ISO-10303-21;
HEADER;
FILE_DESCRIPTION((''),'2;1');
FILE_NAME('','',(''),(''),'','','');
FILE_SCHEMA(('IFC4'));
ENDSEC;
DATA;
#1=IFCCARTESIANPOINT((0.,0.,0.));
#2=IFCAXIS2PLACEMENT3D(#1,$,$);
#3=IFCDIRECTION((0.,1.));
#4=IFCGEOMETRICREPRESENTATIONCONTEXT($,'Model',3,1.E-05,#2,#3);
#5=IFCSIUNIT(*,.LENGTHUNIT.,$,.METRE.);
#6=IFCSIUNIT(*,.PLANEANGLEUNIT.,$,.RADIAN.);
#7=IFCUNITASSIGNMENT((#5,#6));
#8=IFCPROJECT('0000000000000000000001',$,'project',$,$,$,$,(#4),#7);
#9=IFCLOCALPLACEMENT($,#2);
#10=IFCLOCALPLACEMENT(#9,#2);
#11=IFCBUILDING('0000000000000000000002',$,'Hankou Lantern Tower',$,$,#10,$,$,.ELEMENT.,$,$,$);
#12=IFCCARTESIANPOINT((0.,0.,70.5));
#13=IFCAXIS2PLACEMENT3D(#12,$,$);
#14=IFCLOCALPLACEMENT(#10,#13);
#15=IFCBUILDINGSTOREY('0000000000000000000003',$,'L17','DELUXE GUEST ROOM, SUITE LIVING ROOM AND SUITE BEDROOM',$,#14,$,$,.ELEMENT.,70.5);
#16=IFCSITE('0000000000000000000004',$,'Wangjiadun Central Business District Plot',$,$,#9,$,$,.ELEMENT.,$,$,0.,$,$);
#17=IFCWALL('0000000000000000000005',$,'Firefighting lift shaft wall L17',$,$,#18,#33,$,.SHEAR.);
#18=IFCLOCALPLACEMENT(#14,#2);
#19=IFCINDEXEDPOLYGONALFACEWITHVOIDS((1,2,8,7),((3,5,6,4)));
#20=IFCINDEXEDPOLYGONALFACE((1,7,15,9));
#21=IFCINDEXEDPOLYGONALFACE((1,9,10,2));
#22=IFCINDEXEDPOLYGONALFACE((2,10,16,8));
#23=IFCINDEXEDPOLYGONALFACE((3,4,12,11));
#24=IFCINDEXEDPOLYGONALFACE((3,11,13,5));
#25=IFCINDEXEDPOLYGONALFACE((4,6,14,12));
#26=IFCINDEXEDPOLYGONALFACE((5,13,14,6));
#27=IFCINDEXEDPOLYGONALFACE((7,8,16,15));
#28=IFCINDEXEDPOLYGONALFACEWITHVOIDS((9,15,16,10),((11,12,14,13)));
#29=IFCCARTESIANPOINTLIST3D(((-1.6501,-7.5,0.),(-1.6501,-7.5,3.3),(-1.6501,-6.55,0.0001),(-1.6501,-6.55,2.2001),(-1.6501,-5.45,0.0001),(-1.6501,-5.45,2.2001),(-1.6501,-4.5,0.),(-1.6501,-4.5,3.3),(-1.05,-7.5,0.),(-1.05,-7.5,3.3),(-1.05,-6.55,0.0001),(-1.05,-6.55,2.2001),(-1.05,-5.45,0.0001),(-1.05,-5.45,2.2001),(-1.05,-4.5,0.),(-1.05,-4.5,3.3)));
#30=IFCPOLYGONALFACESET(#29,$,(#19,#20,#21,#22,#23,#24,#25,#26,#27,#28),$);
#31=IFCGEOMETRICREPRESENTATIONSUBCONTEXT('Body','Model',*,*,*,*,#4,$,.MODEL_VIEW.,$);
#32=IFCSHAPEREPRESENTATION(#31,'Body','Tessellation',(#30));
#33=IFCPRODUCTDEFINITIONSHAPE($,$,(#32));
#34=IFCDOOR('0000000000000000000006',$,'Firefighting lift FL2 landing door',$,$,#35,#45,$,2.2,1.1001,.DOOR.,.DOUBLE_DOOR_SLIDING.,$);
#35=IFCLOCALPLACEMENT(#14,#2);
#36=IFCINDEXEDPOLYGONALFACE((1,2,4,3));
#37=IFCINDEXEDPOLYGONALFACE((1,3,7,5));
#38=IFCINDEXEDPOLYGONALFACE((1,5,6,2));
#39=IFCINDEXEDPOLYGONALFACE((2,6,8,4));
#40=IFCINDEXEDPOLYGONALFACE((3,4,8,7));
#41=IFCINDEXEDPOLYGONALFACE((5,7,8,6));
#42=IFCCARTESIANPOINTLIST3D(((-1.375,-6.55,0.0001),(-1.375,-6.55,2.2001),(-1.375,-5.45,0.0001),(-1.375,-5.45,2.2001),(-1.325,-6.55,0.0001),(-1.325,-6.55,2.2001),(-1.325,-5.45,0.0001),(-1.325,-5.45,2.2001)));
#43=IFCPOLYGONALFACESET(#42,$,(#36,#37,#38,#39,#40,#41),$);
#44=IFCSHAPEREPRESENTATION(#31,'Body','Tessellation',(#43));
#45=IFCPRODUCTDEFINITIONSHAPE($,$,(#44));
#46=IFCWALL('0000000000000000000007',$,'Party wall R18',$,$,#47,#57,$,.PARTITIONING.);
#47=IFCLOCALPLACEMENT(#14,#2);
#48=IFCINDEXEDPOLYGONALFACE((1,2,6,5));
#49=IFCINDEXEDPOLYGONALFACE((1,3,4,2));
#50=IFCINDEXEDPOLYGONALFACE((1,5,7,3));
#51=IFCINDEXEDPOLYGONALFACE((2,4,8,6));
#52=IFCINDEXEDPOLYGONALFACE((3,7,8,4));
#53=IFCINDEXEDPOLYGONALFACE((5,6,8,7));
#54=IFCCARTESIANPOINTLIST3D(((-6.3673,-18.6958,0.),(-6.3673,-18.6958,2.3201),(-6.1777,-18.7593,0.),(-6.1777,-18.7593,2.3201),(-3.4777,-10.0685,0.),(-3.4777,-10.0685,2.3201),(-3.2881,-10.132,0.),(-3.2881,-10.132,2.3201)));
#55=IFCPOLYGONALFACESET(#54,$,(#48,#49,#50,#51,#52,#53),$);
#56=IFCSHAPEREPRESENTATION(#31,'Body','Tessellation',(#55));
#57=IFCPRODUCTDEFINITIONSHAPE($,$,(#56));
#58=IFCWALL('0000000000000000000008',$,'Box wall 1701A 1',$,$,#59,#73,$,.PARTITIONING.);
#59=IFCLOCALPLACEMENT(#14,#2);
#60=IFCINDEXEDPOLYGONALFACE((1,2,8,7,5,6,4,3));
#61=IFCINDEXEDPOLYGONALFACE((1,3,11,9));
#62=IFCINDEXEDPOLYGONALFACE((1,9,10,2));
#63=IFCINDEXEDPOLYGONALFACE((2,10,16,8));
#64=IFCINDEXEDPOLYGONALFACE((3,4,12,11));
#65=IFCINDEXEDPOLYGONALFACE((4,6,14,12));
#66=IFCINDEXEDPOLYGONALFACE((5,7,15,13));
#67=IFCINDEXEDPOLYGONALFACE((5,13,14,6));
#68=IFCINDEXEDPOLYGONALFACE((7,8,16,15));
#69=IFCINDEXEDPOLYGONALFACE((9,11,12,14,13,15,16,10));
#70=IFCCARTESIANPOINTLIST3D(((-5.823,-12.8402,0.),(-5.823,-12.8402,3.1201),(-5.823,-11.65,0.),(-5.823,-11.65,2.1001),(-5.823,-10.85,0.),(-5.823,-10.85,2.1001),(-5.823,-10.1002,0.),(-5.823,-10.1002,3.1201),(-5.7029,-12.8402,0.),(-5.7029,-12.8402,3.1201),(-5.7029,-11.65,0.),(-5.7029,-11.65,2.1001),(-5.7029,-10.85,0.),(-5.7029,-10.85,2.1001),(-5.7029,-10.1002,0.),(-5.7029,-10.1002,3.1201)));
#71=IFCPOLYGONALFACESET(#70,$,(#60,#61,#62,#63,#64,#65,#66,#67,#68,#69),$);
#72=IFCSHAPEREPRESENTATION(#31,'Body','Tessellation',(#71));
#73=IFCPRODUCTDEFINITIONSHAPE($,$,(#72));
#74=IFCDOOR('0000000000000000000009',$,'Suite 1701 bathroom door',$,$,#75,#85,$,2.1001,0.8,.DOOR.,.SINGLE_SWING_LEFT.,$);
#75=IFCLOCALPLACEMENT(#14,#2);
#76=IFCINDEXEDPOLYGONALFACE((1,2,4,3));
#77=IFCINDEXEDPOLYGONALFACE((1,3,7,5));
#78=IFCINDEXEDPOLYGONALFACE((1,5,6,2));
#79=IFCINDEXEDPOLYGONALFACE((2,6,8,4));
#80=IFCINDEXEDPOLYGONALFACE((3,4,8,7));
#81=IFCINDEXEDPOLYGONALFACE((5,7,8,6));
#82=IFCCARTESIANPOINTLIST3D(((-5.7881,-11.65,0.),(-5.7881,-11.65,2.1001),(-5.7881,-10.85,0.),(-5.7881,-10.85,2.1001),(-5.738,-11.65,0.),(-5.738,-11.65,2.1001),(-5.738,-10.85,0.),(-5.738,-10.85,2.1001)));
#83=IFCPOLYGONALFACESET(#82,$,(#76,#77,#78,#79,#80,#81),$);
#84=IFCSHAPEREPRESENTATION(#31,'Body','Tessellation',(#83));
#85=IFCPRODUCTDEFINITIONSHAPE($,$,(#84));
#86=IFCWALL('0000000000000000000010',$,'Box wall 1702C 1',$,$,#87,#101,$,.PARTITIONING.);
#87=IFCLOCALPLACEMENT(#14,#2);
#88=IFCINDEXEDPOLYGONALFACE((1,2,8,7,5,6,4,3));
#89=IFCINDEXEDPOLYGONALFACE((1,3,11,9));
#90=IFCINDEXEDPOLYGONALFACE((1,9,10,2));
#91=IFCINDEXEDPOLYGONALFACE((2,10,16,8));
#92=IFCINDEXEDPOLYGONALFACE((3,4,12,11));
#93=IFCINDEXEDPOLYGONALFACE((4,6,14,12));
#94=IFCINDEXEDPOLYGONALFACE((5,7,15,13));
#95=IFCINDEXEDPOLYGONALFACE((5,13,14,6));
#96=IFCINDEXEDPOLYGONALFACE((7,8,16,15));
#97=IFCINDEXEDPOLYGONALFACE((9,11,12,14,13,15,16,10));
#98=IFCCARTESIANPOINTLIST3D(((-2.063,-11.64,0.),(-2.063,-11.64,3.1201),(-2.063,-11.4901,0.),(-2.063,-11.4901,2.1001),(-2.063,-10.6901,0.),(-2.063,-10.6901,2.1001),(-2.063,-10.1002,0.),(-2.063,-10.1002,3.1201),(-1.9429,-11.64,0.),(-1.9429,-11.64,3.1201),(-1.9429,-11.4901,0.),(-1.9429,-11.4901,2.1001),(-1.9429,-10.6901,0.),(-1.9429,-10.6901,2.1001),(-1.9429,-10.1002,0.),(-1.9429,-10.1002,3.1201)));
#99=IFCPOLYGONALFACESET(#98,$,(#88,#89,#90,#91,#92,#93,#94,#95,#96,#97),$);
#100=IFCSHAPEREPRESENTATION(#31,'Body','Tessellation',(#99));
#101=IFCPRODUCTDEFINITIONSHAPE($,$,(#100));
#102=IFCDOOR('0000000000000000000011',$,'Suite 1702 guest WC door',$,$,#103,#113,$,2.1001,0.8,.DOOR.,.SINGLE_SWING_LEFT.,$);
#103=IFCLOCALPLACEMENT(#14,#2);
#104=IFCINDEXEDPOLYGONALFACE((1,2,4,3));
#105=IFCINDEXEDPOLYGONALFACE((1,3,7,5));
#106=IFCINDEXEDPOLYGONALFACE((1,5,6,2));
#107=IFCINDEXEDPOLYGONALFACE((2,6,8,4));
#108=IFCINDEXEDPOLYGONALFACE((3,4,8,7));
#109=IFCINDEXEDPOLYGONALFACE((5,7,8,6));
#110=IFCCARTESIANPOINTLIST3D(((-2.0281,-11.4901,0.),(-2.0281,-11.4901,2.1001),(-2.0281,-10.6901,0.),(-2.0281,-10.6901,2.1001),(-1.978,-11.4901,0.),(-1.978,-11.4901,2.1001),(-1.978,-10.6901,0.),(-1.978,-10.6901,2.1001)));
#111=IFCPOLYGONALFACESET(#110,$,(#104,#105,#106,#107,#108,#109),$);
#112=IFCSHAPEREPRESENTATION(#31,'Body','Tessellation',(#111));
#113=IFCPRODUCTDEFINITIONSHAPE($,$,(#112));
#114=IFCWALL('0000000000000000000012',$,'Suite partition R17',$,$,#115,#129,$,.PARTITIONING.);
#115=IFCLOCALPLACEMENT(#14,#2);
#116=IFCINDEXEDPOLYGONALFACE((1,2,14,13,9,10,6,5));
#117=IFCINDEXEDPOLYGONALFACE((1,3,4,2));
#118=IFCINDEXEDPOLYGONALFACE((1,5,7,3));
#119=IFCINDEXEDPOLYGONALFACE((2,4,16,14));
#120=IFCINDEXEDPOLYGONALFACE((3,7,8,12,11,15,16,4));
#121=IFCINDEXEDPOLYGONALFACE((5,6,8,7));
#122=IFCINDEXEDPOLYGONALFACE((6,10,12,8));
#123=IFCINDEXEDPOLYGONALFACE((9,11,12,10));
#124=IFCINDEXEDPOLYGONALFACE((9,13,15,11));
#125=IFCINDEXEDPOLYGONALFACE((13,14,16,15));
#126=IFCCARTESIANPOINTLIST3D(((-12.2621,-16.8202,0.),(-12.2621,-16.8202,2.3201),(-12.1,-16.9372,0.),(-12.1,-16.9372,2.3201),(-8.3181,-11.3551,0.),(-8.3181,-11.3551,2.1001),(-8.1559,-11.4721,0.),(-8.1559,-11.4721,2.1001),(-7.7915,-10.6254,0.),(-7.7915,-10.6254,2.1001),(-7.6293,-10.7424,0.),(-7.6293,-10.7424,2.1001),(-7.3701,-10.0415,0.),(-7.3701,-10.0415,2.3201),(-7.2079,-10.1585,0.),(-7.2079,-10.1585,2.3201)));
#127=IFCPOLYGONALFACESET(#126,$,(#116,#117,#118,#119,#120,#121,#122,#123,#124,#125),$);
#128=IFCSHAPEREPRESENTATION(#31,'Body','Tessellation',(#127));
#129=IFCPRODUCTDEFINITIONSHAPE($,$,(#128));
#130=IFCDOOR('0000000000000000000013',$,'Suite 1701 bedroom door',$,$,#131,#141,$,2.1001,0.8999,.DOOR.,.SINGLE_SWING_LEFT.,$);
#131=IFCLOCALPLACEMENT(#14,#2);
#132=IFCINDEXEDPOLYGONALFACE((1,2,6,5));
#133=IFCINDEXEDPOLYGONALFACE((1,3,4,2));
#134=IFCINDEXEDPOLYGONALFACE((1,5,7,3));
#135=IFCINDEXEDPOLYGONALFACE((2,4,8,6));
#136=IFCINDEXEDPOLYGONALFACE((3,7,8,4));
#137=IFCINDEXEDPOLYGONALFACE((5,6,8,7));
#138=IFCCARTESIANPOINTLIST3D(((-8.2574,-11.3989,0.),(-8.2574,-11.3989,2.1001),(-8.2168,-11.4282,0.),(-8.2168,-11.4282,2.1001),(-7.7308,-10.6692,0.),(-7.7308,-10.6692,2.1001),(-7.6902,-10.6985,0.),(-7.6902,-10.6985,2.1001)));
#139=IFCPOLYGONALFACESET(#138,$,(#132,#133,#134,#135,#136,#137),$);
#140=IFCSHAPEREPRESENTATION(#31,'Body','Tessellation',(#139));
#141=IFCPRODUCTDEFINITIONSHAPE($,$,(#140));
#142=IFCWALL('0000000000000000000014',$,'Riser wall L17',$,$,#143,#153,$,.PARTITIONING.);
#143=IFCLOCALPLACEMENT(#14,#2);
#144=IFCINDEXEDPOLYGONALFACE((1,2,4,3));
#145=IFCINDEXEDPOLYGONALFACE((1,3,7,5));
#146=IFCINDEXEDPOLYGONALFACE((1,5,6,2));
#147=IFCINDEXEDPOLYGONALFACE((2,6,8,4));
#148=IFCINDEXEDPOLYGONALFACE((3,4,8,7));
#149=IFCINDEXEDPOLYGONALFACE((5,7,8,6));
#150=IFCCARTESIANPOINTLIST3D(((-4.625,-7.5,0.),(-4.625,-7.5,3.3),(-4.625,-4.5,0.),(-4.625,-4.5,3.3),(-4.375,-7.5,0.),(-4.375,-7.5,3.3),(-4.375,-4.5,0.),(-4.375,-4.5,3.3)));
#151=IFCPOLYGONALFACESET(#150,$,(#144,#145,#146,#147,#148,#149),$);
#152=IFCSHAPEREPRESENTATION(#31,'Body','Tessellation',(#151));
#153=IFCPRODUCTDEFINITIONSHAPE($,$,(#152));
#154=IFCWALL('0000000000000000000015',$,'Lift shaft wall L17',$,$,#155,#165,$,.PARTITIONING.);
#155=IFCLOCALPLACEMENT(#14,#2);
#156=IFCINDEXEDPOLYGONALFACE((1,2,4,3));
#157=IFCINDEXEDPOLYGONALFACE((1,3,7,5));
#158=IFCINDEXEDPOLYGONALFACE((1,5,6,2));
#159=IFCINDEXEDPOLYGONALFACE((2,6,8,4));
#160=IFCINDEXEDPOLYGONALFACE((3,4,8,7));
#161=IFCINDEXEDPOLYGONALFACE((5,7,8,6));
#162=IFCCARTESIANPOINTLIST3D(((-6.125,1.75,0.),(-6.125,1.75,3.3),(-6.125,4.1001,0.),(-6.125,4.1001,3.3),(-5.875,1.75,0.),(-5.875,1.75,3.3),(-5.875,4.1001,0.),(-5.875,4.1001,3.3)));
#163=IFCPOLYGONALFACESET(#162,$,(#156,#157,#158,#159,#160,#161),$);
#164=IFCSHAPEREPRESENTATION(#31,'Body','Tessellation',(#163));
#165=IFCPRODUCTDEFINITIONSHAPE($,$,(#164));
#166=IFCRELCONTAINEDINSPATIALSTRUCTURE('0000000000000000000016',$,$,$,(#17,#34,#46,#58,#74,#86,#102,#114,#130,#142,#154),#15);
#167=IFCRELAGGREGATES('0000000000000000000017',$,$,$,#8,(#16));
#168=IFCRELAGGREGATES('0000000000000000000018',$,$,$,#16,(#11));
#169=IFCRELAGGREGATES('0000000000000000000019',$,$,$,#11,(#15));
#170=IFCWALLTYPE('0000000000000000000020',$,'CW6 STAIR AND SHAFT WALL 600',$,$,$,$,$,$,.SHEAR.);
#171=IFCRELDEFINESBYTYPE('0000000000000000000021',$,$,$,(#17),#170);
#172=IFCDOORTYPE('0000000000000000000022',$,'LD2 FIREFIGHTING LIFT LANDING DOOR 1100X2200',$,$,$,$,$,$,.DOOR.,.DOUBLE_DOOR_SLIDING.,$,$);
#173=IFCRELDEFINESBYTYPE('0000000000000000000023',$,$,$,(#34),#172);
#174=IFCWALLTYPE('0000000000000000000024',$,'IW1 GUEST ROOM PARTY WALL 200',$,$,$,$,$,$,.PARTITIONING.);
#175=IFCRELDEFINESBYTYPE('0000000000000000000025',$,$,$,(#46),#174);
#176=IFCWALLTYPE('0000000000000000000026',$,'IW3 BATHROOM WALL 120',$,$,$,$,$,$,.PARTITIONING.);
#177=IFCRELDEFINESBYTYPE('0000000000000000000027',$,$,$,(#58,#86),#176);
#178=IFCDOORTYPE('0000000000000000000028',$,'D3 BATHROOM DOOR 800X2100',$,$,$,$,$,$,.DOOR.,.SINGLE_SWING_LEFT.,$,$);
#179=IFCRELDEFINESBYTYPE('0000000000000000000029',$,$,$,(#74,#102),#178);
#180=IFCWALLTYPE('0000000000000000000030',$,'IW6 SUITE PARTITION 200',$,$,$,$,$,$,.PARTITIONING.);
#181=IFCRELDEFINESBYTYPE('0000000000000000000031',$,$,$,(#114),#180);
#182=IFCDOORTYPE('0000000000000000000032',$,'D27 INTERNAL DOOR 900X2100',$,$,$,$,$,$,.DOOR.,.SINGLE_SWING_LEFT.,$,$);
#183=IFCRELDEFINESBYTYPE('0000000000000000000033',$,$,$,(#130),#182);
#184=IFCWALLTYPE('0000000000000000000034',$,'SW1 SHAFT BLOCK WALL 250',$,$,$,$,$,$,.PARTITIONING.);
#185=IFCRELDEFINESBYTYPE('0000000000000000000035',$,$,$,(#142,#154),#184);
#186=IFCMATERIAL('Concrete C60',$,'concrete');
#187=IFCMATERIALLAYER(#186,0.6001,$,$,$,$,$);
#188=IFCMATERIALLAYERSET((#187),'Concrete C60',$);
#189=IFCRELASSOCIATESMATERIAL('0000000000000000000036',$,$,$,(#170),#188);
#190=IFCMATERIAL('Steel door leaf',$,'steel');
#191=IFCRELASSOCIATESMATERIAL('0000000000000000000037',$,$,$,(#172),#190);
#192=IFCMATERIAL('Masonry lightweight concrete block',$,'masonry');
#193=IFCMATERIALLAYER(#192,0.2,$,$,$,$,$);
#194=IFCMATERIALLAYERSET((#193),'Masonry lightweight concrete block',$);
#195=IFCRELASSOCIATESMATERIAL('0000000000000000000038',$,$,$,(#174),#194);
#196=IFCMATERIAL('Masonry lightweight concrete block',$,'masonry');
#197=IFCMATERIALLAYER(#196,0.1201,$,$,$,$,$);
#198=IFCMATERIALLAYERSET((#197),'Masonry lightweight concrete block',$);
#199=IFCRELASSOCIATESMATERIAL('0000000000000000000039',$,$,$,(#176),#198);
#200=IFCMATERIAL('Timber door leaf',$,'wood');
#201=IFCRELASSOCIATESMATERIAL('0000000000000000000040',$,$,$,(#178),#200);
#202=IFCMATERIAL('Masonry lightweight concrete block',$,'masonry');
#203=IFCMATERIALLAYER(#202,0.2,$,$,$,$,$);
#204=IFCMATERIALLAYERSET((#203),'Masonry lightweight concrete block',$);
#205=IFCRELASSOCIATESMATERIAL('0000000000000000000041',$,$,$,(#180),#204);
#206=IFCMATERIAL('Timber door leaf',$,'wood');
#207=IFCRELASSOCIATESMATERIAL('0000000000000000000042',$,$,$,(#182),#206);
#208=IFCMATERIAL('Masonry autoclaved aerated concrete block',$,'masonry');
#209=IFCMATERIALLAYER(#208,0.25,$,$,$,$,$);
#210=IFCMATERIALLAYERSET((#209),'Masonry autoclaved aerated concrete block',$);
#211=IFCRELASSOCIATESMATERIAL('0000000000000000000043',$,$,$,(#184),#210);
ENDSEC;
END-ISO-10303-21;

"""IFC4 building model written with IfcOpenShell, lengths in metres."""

from ifc_helpers import new_model, si_unit, direction, frame, frame_2d, origin, place, context, subcontext, project, spatial, rectangle, extrude, material, layer, layer_set, type_object, element, fill, save


model = new_model("IFC4")

# Units and contexts
model_context = context("Model", 3, precision=1e-05, world=origin(), true_north=direction((0.0, 1.0)))
body_context = subcontext(model_context, "Body", "Model", "MODEL_VIEW")
ifc_project = project(units=[si_unit("LENGTHUNIT", "METRE"), si_unit("PLANEANGLEUNIT", "RADIAN")], contexts=[model_context])

# Site, building, storey
site_placement = place(None, origin())
site = spatial("IfcSite", under=ifc_project, at=site_placement, Name="Wangjiadun Central Business District Plot", CompositionType="ELEMENT", RefElevation=0.0)
building_placement = place(site_placement, origin())
building = spatial("IfcBuilding", under=site, at=building_placement, Name="Hankou Lantern Tower", CompositionType="ELEMENT")
storey_placement = place(building_placement, frame((0.0, 0.0, 70.5)))
storey = spatial("IfcBuildingStorey", under=building, at=storey_placement, Name="L17", Description="DELUXE GUEST ROOM, SUITE LIVING ROOM AND SUITE BEDROOM", CompositionType="ELEMENT", Elevation=70.5)

# Wall, opening, door
ifc_material_1 = material(Name="Concrete C60", Category="concrete")
ifc_layer_1 = layer(ifc_material_1, 0.6001)
ifc_layer_set_1 = layer_set([ifc_layer_1], Name="Concrete C60")
wall_type_1 = type_object("IfcWallType", Name="CW6 STAIR AND SHAFT WALL 600", PredefinedType="SHEAR", material=ifc_layer_set_1)
wall_1_placement = place(storey_placement, frame((-1.3501, -7.5, 0.0), z_axis=(0.0, 0.0, 1.0), x_axis=(0.0, 1.0, 0.0)))
wall_1 = element("IfcWall", 1, at=wall_1_placement, inside=storey, type_object=wall_type_1, Name="Firefighting lift shaft wall L17", PredefinedType="SHEAR", context=body_context, shape_type="SweptSolid", body=[
    extrude(rectangle(XDim=3.0, YDim=0.6001, at=frame_2d((1.5, 0.0))), origin(), (0.0, 0.0, 1.0), 3.3),
])
opening_1_placement = place(wall_1_placement, frame((0.95, 0.0, 0.0)))
opening_1 = element("IfcOpeningElement", 2, at=opening_1_placement, cuts=wall_1, PredefinedType="OPENING", context=body_context, shape_type="SweptSolid", body=[
    extrude(rectangle(XDim=1.1001, YDim=2.2, at=frame_2d((0.55, 1.1001))), frame((0.0, 0.3101, 0.0), z_axis=(0.0, -1.0, 0.0), x_axis=(1.0, 0.0, 0.0)), (0.0, 0.0, 1.0), 0.6201),
])
ifc_material_2 = material(Name="Steel door leaf", Category="steel")
door_type_1 = type_object("IfcDoorType", Name="LD2 FIREFIGHTING LIFT LANDING DOOR 1100X2200", OperationType="DOUBLE_DOOR_SLIDING", PredefinedType="DOOR", material=ifc_material_2)
door_1_placement = place(opening_1_placement, origin())
door_1 = element("IfcDoor", 3, at=door_1_placement, inside=storey, type_object=door_type_1, Name="Firefighting lift FL2 landing door", OperationType="DOUBLE_DOOR_SLIDING", OverallHeight=2.2, OverallWidth=1.1001, PredefinedType="DOOR", context=body_context, shape_type="SweptSolid", body=[
    extrude(rectangle(XDim=1.1001, YDim=2.2, at=frame_2d((0.55, 1.1001))), frame((0.0, 0.0249, 0.0), z_axis=(0.0, -1.0, 0.0), x_axis=(1.0, 0.0, 0.0)), (0.0, 0.0, 1.0), 0.05),
])
fill(opening_1, door_1)

# Wall
ifc_material_3 = material(Name="Masonry lightweight concrete block", Category="masonry")
ifc_layer_2 = layer(ifc_material_3, 0.2)
ifc_layer_set_2 = layer_set([ifc_layer_2], Name="Masonry lightweight concrete block")
wall_type_2 = type_object("IfcWallType", Name="IW1 GUEST ROOM PARTY WALL 200", PredefinedType="PARTITIONING", material=ifc_layer_set_2)
wall_2_placement = place(storey_placement, frame((-3.3828, -10.1001, 0.0), z_axis=(0.0, 0.0, 1.0), x_axis=(-0.317596, -0.948226, 0.0)))
element("IfcWall", 4, at=wall_2_placement, inside=storey, type_object=wall_type_2, Name="Party wall R18", PredefinedType="PARTITIONING", context=body_context, shape_type="SweptSolid", body=[
    extrude(rectangle(XDim=9.0984, YDim=0.2, at=frame_2d((4.5493, 0.0))), origin(), (0.0, 0.0, 1.0), 2.3201),
])

# Walls, openings, doors
ifc_material_4 = material(Name="Masonry lightweight concrete block", Category="masonry")
ifc_layer_3 = layer(ifc_material_4, 0.1201)
ifc_layer_set_3 = layer_set([ifc_layer_3], Name="Masonry lightweight concrete block")
wall_type_3 = type_object("IfcWallType", Name="IW3 BATHROOM WALL 120", PredefinedType="PARTITIONING", material=ifc_layer_set_3)
wall_3_placement = place(storey_placement, frame((-5.7629, -10.1001, 0.0), z_axis=(0.0, 0.0, 1.0), x_axis=(0.0, -1.0, 0.0)))
wall_3 = element("IfcWall", 5, at=wall_3_placement, inside=storey, type_object=wall_type_3, Name="Box wall 1701A 1", PredefinedType="PARTITIONING", context=body_context, shape_type="SweptSolid", body=[
    extrude(rectangle(XDim=2.74, YDim=0.1201, at=frame_2d((1.3701, 0.0))), origin(), (0.0, 0.0, 1.0), 3.1201),
])
opening_2_placement = place(wall_3_placement, frame((0.75, 0.0, 0.0)))
opening_2 = element("IfcOpeningElement", 6, at=opening_2_placement, cuts=wall_3, PredefinedType="OPENING", context=body_context, shape_type="SweptSolid", body=[
    extrude(rectangle(XDim=0.8, YDim=2.1001, at=frame_2d((0.3999, 1.05))), frame((0.0, 0.0701, 0.0), z_axis=(0.0, -1.0, 0.0), x_axis=(1.0, 0.0, 0.0)), (0.0, 0.0, 1.0), 0.1401),
])
ifc_material_5 = material(Name="Timber door leaf", Category="wood")
door_type_2 = type_object("IfcDoorType", Name="D3 BATHROOM DOOR 800X2100", OperationType="SINGLE_SWING_LEFT", PredefinedType="DOOR", material=ifc_material_5)
door_2_placement = place(opening_2_placement, origin())
door_2 = element("IfcDoor", 7, at=door_2_placement, inside=storey, type_object=door_type_2, Name="Suite 1701 bathroom door", OperationType="SINGLE_SWING_LEFT", OverallHeight=2.1001, OverallWidth=0.8, PredefinedType="DOOR", context=body_context, shape_type="SweptSolid", body=[
    extrude(rectangle(XDim=0.8, YDim=2.1001, at=frame_2d((0.3999, 1.05))), frame((0.0, 0.0249, 0.0), z_axis=(0.0, -1.0, 0.0), x_axis=(1.0, 0.0, 0.0)), (0.0, 0.0, 1.0), 0.05),
])
fill(opening_2, door_2)
wall_4_placement = place(storey_placement, frame((-2.0029, -10.1001, 0.0), z_axis=(0.0, 0.0, 1.0), x_axis=(0.0, -1.0, 0.0)))
wall_4 = element("IfcWall", 8, at=wall_4_placement, inside=storey, type_object=wall_type_3, Name="Box wall 1702C 1", PredefinedType="PARTITIONING", context=body_context, shape_type="SweptSolid", body=[
    extrude(rectangle(XDim=1.5398, YDim=0.1201, at=frame_2d((0.77, 0.0))), origin(), (0.0, 0.0, 1.0), 3.1201),
])
opening_3_placement = place(wall_4_placement, frame((0.5901, 0.0, 0.0)))
opening_3 = element("IfcOpeningElement", 9, at=opening_3_placement, cuts=wall_4, PredefinedType="OPENING", context=body_context, shape_type="SweptSolid", body=[
    extrude(rectangle(XDim=0.8, YDim=2.1001, at=frame_2d((0.3999, 1.05))), frame((0.0, 0.0701, 0.0), z_axis=(0.0, -1.0, 0.0), x_axis=(1.0, 0.0, 0.0)), (0.0, 0.0, 1.0), 0.1401),
])
door_3_placement = place(opening_3_placement, origin())
door_3 = element("IfcDoor", 10, at=door_3_placement, inside=storey, type_object=door_type_2, Name="Suite 1702 guest WC door", OperationType="SINGLE_SWING_LEFT", OverallHeight=2.1001, OverallWidth=0.8, PredefinedType="DOOR", context=body_context, shape_type="SweptSolid", body=[
    extrude(rectangle(XDim=0.8, YDim=2.1001, at=frame_2d((0.3999, 1.05))), frame((0.0, 0.0249, 0.0), z_axis=(0.0, -1.0, 0.0), x_axis=(1.0, 0.0, 0.0)), (0.0, 0.0, 1.0), 0.05),
])
fill(opening_3, door_3)
ifc_material_6 = material(Name="Masonry lightweight concrete block", Category="masonry")
ifc_layer_4 = layer(ifc_material_6, 0.2)
ifc_layer_set_4 = layer_set([ifc_layer_4], Name="Masonry lightweight concrete block")
wall_type_4 = type_object("IfcWallType", Name="IW6 SUITE PARTITION 200", PredefinedType="PARTITIONING", material=ifc_layer_set_4)
wall_5_placement = place(storey_placement, frame((-7.2891, -10.1001, 0.0), z_axis=(0.0, 0.0, 1.0), x_axis=(-0.585198, -0.81089, 0.0)))
wall_5 = element("IfcWall", 11, at=wall_5_placement, inside=storey, type_object=wall_type_4, Name="Suite partition R17", PredefinedType="PARTITIONING", context=body_context, shape_type="SweptSolid", body=[
    extrude(rectangle(XDim=8.3596, YDim=0.2, at=frame_2d((4.1797, 0.0))), origin(), (0.0, 0.0, 1.0), 2.3201),
])
opening_4_placement = place(wall_5_placement, frame((0.72, 0.0, 0.0)))
opening_4 = element("IfcOpeningElement", 12, at=opening_4_placement, cuts=wall_5, PredefinedType="OPENING", context=body_context, shape_type="SweptSolid", body=[
    extrude(rectangle(XDim=0.8999, YDim=2.1001, at=frame_2d((0.45, 1.05))), frame((0.0, 0.1099, 0.0), z_axis=(0.0, -1.0, 0.0), x_axis=(1.0, 0.0, 0.0)), (0.0, 0.0, 1.0), 0.22),
])
ifc_material_7 = material(Name="Timber door leaf", Category="wood")
door_type_3 = type_object("IfcDoorType", Name="D27 INTERNAL DOOR 900X2100", OperationType="SINGLE_SWING_LEFT", PredefinedType="DOOR", material=ifc_material_7)
door_4_placement = place(opening_4_placement, origin())
door_4 = element("IfcDoor", 13, at=door_4_placement, inside=storey, type_object=door_type_3, Name="Suite 1701 bedroom door", OperationType="SINGLE_SWING_LEFT", OverallHeight=2.1001, OverallWidth=0.8999, PredefinedType="DOOR", context=body_context, shape_type="SweptSolid", body=[
    extrude(rectangle(XDim=0.8999, YDim=2.1001, at=frame_2d((0.45, 1.05))), frame((0.0, 0.0249, 0.0), z_axis=(0.0, -1.0, 0.0), x_axis=(1.0, 0.0, 0.0)), (0.0, 0.0, 1.0), 0.05),
])
fill(opening_4, door_4)

# Walls
ifc_material_8 = material(Name="Masonry autoclaved aerated concrete block", Category="masonry")
ifc_layer_5 = layer(ifc_material_8, 0.25)
ifc_layer_set_5 = layer_set([ifc_layer_5], Name="Masonry autoclaved aerated concrete block")
wall_type_5 = type_object("IfcWallType", Name="SW1 SHAFT BLOCK WALL 250", PredefinedType="PARTITIONING", material=ifc_layer_set_5)
wall_6_placement = place(storey_placement, frame((-4.5, -7.5, 0.0), z_axis=(0.0, 0.0, 1.0), x_axis=(0.0, 1.0, 0.0)))
element("IfcWall", 14, at=wall_6_placement, inside=storey, type_object=wall_type_5, Name="Riser wall L17", PredefinedType="PARTITIONING", context=body_context, shape_type="SweptSolid", body=[
    extrude(rectangle(XDim=3.0, YDim=0.25, at=frame_2d((1.5, 0.0))), origin(), (0.0, 0.0, 1.0), 3.3),
])
for number, where, z_axis, x_axis, name in (
    (15, (-6.0, 1.75, 0.0), (0.0, 0.0, 1.0), (0.0, 1.0, 0.0), "Lift shaft wall L17"),
):
    element("IfcWall", number, at=place(storey_placement, frame(where, z_axis=z_axis, x_axis=x_axis)), inside=storey, type_object=wall_type_5, Name=name, PredefinedType="PARTITIONING", context=body_context, shape_type="SweptSolid", body=[
        extrude(rectangle(XDim=2.3501, YDim=0.25, at=frame_2d((1.175, 0.0))), origin(), (0.0, 0.0, 1.0), 3.3),
    ])

save(model, "model.ifc")
